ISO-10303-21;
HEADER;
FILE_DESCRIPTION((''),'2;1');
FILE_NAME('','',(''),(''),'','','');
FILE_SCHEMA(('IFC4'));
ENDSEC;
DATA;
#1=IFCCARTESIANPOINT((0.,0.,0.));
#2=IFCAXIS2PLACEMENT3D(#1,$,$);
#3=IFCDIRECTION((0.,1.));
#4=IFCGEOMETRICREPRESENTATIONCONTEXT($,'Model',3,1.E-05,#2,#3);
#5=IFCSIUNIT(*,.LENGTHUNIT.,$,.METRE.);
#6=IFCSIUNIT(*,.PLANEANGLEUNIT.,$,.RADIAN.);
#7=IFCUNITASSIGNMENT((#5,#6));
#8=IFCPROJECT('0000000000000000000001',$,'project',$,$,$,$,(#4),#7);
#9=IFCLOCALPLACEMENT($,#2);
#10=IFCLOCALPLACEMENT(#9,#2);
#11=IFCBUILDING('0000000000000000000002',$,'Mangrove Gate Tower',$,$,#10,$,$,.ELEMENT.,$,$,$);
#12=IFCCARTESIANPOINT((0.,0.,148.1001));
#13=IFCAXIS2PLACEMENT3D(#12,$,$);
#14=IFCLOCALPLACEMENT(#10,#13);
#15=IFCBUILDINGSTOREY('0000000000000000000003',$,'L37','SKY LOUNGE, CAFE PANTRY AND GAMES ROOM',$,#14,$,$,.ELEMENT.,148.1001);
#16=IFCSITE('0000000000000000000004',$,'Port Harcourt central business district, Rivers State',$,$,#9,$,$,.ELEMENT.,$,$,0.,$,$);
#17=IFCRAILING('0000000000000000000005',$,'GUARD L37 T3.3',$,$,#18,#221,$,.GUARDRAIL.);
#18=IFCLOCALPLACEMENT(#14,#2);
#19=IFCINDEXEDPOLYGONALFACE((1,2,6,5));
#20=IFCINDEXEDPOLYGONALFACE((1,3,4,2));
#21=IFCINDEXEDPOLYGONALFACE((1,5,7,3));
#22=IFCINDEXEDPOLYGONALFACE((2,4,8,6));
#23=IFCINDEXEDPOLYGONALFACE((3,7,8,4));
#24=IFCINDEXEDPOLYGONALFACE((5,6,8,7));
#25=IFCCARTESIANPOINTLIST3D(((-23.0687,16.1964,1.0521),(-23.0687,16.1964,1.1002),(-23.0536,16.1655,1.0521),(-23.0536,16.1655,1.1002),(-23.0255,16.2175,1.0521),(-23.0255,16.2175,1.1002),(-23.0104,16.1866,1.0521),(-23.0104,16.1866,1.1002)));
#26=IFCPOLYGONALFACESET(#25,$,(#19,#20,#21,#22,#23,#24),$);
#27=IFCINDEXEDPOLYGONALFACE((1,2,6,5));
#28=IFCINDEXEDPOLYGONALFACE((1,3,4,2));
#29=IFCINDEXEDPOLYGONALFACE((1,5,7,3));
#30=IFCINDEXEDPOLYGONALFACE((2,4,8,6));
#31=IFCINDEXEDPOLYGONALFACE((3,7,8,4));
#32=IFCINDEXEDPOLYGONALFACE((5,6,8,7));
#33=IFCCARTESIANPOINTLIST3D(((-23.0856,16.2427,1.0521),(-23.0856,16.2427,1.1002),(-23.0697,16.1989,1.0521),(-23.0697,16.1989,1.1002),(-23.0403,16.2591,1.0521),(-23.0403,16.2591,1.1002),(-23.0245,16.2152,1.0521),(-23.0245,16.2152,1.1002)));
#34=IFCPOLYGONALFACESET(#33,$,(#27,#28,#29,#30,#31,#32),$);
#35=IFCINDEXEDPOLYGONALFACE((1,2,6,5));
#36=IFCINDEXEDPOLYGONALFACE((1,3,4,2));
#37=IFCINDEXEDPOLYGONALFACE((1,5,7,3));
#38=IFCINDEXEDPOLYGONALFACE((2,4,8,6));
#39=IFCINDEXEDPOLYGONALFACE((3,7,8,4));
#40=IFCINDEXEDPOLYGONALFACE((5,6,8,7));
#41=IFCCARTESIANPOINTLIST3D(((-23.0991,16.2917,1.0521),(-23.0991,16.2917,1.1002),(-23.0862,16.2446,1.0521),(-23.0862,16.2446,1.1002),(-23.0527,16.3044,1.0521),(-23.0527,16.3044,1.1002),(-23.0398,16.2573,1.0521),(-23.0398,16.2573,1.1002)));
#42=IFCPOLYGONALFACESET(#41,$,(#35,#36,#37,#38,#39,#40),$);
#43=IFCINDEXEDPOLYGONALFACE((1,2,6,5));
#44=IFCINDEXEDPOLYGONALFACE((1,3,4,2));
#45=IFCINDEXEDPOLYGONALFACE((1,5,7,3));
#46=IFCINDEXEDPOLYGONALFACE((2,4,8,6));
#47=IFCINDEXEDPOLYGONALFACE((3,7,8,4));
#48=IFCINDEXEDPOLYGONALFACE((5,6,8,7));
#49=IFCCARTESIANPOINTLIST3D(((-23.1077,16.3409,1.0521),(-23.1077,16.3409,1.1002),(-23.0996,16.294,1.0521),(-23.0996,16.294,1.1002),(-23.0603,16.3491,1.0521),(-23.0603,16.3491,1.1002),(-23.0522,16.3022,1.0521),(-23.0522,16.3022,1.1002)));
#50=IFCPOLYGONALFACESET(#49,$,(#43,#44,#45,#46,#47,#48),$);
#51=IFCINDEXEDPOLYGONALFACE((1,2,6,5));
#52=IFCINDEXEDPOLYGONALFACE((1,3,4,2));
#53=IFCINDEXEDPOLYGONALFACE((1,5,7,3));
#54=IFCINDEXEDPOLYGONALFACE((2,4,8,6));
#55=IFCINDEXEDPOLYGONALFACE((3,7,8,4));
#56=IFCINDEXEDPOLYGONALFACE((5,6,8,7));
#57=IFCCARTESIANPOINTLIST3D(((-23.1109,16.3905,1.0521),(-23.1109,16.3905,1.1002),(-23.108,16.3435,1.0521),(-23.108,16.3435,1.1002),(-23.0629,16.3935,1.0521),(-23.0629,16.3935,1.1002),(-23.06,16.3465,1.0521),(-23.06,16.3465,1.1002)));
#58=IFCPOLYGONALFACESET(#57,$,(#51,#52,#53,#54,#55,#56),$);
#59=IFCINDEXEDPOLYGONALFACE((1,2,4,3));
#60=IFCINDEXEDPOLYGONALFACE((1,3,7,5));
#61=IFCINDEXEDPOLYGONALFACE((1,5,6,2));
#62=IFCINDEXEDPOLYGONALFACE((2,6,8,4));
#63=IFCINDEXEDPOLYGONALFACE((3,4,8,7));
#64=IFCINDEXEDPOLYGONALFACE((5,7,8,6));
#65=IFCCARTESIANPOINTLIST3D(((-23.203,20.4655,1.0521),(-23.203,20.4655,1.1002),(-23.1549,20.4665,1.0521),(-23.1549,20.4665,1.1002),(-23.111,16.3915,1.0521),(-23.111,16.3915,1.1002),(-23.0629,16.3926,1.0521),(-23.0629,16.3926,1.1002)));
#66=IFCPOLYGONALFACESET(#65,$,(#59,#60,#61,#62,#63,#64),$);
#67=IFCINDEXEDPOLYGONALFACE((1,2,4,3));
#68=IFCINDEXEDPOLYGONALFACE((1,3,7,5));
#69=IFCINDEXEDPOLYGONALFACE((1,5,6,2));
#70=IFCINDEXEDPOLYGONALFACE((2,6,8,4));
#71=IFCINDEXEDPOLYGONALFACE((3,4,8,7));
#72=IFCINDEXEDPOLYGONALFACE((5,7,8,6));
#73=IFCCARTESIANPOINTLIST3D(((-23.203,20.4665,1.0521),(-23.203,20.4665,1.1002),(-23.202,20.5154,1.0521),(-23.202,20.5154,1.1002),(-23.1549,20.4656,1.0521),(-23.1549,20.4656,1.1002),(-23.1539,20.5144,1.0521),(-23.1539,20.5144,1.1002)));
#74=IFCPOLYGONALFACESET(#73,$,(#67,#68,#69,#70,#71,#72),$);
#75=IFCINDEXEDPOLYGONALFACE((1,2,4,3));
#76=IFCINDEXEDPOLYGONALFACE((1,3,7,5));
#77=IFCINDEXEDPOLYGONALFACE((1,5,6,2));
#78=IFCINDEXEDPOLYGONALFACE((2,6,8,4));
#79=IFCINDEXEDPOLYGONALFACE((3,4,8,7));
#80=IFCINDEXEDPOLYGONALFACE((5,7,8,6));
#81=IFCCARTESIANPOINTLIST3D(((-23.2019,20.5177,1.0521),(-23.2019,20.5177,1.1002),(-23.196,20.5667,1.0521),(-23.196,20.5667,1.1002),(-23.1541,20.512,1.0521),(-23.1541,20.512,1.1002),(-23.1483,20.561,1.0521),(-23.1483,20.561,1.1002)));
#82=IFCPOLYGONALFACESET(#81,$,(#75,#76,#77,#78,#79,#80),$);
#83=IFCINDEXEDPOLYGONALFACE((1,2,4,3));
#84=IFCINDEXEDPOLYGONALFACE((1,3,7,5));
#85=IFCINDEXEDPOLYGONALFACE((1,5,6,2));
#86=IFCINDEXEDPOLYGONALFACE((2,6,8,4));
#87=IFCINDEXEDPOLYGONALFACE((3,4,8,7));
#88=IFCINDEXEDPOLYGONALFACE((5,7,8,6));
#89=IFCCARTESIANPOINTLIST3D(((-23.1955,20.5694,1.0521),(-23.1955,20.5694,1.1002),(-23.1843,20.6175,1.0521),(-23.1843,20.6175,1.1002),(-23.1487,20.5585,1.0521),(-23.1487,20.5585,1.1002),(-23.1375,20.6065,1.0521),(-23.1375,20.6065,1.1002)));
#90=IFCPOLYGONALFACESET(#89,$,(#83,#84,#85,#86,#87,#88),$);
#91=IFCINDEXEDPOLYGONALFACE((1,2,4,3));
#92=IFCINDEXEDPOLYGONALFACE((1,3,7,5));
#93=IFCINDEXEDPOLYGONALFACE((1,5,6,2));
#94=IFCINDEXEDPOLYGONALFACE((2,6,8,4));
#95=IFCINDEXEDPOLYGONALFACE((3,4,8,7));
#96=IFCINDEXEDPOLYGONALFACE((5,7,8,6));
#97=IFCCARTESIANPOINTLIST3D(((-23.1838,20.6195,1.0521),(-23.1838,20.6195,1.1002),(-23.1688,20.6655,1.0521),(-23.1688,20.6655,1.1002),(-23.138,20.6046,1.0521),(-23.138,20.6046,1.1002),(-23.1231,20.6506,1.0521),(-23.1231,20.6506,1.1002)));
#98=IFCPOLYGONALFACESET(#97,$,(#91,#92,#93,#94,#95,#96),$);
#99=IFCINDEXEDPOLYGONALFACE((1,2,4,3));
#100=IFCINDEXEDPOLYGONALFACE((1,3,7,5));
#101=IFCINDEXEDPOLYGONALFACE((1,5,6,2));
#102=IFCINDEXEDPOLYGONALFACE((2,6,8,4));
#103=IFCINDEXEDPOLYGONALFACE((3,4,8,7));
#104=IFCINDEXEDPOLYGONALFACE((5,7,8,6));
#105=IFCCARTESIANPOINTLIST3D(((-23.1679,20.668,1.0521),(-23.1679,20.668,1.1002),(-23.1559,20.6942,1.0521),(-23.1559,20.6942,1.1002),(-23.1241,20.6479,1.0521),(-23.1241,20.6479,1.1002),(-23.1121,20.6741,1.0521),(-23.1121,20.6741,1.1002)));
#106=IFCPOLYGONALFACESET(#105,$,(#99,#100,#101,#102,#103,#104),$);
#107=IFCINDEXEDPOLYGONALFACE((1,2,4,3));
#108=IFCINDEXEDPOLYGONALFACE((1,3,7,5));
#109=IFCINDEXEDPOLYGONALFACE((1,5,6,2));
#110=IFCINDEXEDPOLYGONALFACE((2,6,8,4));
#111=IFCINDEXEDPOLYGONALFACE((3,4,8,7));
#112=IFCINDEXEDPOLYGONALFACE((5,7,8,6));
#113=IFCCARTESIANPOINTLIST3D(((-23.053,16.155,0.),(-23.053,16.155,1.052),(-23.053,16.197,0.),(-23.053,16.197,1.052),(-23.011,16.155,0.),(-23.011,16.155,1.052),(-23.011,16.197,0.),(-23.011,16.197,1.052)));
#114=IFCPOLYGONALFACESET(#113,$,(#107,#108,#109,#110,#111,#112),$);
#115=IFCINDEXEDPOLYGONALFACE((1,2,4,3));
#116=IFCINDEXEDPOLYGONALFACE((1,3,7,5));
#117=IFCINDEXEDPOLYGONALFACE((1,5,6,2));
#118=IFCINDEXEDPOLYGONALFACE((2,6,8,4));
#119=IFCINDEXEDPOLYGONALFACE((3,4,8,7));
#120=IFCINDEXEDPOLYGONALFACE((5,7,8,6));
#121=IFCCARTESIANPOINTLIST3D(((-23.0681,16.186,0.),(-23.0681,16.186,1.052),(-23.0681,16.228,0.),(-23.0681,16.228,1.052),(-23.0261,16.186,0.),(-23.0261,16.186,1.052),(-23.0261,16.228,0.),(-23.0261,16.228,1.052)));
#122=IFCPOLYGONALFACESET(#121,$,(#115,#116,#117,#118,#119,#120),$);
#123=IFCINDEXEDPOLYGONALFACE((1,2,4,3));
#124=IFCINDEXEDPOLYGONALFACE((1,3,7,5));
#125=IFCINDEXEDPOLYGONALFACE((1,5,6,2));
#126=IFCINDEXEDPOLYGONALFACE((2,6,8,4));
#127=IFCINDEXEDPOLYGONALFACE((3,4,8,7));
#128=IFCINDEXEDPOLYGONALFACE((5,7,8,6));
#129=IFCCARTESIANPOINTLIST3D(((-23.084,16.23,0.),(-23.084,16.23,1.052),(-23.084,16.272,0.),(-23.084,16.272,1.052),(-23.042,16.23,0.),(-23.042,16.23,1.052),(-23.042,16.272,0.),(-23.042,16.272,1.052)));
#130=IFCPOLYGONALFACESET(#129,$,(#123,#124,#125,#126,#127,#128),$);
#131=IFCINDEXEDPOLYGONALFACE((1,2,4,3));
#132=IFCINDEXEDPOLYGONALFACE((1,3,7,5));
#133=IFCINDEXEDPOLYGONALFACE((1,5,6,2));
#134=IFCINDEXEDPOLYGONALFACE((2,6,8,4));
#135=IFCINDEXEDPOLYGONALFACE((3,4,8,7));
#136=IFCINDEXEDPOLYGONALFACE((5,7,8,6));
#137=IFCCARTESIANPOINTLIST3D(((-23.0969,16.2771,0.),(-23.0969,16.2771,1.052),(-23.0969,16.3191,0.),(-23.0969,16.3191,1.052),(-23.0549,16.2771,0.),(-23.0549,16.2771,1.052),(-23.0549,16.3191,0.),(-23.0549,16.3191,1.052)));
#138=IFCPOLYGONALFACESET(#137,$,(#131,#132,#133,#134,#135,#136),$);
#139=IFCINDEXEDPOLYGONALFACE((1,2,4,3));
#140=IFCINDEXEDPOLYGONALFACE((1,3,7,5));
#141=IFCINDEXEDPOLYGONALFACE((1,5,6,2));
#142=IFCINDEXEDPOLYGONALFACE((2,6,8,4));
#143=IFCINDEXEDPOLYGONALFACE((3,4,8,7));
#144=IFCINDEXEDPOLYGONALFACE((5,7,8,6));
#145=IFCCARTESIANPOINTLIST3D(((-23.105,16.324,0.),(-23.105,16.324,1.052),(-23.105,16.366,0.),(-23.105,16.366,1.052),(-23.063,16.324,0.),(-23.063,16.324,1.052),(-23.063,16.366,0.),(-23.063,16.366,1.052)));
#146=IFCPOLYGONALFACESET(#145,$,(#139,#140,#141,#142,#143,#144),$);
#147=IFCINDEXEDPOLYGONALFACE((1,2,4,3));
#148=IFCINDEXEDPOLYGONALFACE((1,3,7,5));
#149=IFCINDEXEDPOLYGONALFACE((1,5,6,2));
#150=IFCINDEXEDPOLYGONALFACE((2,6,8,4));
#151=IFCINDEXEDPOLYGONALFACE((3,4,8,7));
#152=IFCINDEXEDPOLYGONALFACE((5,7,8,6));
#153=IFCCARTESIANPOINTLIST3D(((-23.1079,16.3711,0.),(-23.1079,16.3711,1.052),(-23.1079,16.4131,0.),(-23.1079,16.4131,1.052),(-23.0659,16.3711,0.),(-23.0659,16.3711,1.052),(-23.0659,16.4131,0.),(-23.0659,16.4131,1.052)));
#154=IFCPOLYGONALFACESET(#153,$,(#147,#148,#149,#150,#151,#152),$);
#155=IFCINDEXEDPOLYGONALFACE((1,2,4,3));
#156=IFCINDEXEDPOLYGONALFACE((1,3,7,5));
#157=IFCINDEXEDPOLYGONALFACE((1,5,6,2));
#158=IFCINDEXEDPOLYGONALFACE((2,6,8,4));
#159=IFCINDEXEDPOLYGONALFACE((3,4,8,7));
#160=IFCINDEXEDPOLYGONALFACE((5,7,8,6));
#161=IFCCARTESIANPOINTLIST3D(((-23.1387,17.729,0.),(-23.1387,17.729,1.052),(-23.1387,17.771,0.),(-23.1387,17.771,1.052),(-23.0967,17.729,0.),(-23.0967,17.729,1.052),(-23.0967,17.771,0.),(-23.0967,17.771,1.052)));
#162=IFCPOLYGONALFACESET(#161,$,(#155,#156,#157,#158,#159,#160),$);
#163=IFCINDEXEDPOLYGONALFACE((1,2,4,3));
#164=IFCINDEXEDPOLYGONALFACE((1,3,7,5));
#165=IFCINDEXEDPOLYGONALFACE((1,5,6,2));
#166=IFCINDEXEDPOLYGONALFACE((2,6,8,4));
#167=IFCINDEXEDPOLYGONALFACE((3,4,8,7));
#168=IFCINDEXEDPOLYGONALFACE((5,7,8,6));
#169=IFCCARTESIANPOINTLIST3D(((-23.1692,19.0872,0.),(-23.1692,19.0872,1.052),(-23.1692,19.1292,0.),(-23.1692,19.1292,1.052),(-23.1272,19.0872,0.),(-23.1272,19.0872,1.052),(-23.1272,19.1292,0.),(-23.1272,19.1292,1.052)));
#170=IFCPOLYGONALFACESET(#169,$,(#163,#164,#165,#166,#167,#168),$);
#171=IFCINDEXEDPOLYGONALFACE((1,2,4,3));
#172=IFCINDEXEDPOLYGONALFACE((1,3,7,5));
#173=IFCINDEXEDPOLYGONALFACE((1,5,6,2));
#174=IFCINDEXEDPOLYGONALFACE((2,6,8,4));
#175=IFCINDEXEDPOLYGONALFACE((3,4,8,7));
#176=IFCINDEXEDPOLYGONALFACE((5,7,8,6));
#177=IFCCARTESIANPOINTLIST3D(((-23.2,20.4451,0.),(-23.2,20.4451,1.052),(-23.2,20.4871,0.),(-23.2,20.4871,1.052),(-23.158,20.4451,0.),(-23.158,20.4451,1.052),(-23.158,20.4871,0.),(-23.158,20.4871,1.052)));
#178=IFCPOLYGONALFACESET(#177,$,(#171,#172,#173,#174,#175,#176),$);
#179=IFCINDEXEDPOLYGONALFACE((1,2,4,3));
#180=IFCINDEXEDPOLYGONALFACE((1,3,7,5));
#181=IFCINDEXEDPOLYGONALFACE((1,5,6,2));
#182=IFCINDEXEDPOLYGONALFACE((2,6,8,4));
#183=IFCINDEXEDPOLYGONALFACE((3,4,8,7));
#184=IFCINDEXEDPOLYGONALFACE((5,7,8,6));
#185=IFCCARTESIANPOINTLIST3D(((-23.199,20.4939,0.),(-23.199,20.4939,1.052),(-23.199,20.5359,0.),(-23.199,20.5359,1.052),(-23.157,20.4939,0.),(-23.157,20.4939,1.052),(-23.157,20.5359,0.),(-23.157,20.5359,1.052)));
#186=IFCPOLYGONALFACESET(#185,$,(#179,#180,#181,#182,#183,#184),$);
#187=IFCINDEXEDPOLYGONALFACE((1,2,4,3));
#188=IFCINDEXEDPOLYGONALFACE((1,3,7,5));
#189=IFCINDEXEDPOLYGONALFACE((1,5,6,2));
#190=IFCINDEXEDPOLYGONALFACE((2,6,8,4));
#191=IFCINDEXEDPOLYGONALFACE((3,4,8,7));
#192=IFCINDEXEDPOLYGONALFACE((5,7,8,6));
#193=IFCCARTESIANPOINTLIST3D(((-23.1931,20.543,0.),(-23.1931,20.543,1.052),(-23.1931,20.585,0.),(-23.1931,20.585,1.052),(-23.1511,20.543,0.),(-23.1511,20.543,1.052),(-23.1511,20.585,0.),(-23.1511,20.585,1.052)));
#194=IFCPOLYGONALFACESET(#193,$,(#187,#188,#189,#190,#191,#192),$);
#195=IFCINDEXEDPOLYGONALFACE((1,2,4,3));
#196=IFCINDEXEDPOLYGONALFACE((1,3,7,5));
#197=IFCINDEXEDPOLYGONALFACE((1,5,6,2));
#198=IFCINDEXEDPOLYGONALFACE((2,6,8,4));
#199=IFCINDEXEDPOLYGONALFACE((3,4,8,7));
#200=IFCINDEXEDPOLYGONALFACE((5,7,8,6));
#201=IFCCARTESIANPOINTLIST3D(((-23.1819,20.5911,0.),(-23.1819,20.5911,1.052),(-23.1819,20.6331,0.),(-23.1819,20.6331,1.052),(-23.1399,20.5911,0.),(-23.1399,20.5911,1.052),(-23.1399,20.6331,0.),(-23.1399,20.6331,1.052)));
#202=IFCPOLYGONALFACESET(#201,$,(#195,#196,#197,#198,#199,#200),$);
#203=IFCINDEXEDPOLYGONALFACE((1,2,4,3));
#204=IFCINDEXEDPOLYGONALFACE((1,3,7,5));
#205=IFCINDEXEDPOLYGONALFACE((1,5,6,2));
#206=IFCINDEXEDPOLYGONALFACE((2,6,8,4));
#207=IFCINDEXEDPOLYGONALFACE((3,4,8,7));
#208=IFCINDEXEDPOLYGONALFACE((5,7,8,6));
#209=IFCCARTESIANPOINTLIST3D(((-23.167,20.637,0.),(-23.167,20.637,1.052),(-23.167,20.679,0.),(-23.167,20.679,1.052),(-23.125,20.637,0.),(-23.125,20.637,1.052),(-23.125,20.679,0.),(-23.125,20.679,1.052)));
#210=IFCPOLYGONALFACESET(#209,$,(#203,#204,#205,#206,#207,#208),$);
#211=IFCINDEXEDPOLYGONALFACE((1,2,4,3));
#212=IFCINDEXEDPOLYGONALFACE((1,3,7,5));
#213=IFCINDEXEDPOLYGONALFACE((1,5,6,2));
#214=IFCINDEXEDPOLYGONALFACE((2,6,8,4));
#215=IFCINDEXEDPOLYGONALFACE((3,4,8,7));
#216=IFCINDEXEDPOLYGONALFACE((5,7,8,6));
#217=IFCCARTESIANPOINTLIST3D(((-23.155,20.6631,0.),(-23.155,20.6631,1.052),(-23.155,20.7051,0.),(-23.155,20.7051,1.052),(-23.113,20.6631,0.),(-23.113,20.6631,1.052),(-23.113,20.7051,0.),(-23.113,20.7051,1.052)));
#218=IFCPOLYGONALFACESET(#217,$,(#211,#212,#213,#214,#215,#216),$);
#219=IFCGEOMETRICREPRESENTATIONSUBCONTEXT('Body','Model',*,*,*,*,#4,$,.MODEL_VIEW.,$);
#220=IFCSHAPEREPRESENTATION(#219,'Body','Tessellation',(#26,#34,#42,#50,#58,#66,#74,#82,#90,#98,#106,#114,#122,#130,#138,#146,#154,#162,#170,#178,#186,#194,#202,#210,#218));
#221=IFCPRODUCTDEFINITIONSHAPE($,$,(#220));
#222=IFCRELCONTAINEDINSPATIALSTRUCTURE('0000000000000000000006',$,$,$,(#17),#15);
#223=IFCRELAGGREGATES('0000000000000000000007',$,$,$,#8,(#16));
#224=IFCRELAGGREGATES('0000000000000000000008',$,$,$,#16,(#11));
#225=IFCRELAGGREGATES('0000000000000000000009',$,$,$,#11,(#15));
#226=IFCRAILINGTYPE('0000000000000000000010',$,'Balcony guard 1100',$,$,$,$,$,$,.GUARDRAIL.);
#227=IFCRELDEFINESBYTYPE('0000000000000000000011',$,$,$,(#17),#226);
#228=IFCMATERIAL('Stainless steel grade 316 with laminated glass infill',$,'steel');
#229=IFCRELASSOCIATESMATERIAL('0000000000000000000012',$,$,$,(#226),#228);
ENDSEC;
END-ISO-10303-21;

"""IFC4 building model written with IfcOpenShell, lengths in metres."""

from ifc_helpers import new_model, si_unit, direction, frame, origin, origin_2d, place, context, subcontext, project, spatial, rectangle, extrude, material, type_object, element, save


model = new_model("IFC4")

# Units and contexts
model_context = context("Model", 3, precision=1e-05, world=origin(), true_north=direction((0.0, 1.0)))
body_context = subcontext(model_context, "Body", "Model", "MODEL_VIEW")
ifc_project = project(units=[si_unit("LENGTHUNIT", "METRE"), si_unit("PLANEANGLEUNIT", "RADIAN")], contexts=[model_context])

# Site, building, storey
site_placement = place(None, origin())
site = spatial("IfcSite", under=ifc_project, at=site_placement, Name="Port Harcourt central business district, Rivers State", CompositionType="ELEMENT", RefElevation=0.0)
building_placement = place(site_placement, origin())
building = spatial("IfcBuilding", under=site, at=building_placement, Name="Mangrove Gate Tower", CompositionType="ELEMENT")
storey_placement = place(building_placement, frame((0.0, 0.0, 148.1001)))
storey = spatial("IfcBuildingStorey", under=building, at=storey_placement, Name="L37", Description="SKY LOUNGE, CAFE PANTRY AND GAMES ROOM", CompositionType="ELEMENT", Elevation=148.1001)

# Railing
ifc_material_1 = material(Name="Stainless steel grade 316 with laminated glass infill", Category="steel")
railing_type = type_object("IfcRailingType", Name="Balcony guard 1100", PredefinedType="GUARDRAIL", material=ifc_material_1)
railing_1_placement = place(storey_placement, frame((-23.032, 16.176, 0.0)))
element("IfcRailing", 1, at=railing_1_placement, inside=storey, type_object=railing_type, Name="GUARD L37 T3.3", PredefinedType="GUARDRAIL", context=body_context, shape_type="SweptSolid", body=[
    extrude(rectangle(XDim=0.0481, YDim=0.0481, at=origin_2d()), frame((0.0, 0.0, 1.0762), z_axis=(-0.438702, 0.898632, 0.0), x_axis=(-0.898632, -0.438702, 0.0)), (0.0, 0.0, 1.0), 0.0344),
    extrude(rectangle(XDim=0.0481, YDim=0.0481, at=origin_2d()), frame((-0.0151, 0.031, 1.0762), z_axis=(-0.339644, 0.940554, 0.0), x_axis=(-0.940554, -0.339644, 0.0)), (0.0, 0.0, 1.0), 0.0466),
    extrude(rectangle(XDim=0.0481, YDim=0.0481, at=origin_2d()), frame((-0.031, 0.075, 1.0762), z_axis=(-0.264808, 0.964301, 0.0), x_axis=(-0.964301, -0.264808, 0.0)), (0.0, 0.0, 1.0), 0.0488),
    extrude(rectangle(XDim=0.0481, YDim=0.0481, at=origin_2d()), frame((-0.0439, 0.1221, 1.0762), z_axis=(-0.169391, 0.985549, 0.0), x_axis=(-0.985549, -0.169391, 0.0)), (0.0, 0.0, 1.0), 0.0476),
    extrude(rectangle(XDim=0.0481, YDim=0.0481, at=origin_2d()), frame((-0.052, 0.1689, 1.0762), z_axis=(-0.062056, 0.998073, 0.0), x_axis=(-0.998073, -0.062056, 0.0)), (0.0, 0.0, 1.0), 0.0471),
    extrude(rectangle(XDim=0.0481, YDim=0.0481, at=origin_2d()), frame((-0.0549, 0.2161, 1.0762), z_axis=(-0.022587, 0.999745, 0.0), x_axis=(-0.999745, -0.022587, 0.0)), (0.0, 0.0, 1.0), 4.075),
    extrude(rectangle(XDim=0.0481, YDim=0.0481, at=origin_2d()), frame((-0.147, 4.29, 1.0762), z_axis=(0.019996, 0.9998, 0.0), x_axis=(-0.9998, 0.019996, 0.0)), (0.0, 0.0, 1.0), 0.0488),
    extrude(rectangle(XDim=0.0481, YDim=0.0481, at=origin_2d()), frame((-0.146, 4.3389, 1.0762), z_axis=(0.118561, 0.992947, 0.0), x_axis=(-0.992947, 0.118561, 0.0)), (0.0, 0.0, 1.0), 0.0493),
    extrude(rectangle(XDim=0.0481, YDim=0.0481, at=origin_2d()), frame((-0.1401, 4.3879, 1.0762), z_axis=(0.227386, 0.973805, 0.0), x_axis=(-0.973805, 0.227386, 0.0)), (0.0, 0.0, 1.0), 0.0493),
    extrude(rectangle(XDim=0.0481, YDim=0.0481, at=origin_2d()), frame((-0.1289, 4.436, 1.0762), z_axis=(0.308628, 0.951183, 0.0), x_axis=(-0.951183, 0.308628, 0.0)), (0.0, 0.0, 1.0), 0.0483),
    extrude(rectangle(XDim=0.0481, YDim=0.0481, at=origin_2d()), frame((-0.114, 4.4819, 1.0762), z_axis=(0.416362, 0.909199, 0.0), x_axis=(-0.909199, 0.416362, 0.0)), (0.0, 0.0, 1.0), 0.0288),
    extrude(rectangle(XDim=0.042, YDim=0.042, at=origin_2d()), origin(), (0.0, 0.0, 1.0), 1.052),
    extrude(rectangle(XDim=0.042, YDim=0.042, at=origin_2d()), frame((-0.0151, 0.031, 0.0)), (0.0, 0.0, 1.0), 1.052),
    extrude(rectangle(XDim=0.042, YDim=0.042, at=origin_2d()), frame((-0.031, 0.075, 0.0)), (0.0, 0.0, 1.0), 1.052),
    extrude(rectangle(XDim=0.042, YDim=0.042, at=origin_2d()), frame((-0.0439, 0.1221, 0.0)), (0.0, 0.0, 1.0), 1.052),
    extrude(rectangle(XDim=0.042, YDim=0.042, at=origin_2d()), frame((-0.052, 0.1689, 0.0)), (0.0, 0.0, 1.0), 1.052),
    extrude(rectangle(XDim=0.042, YDim=0.042, at=origin_2d()), frame((-0.0549, 0.2161, 0.0)), (0.0, 0.0, 1.0), 1.052),
    extrude(rectangle(XDim=0.042, YDim=0.042, at=origin_2d()), frame((-0.0857, 1.574, 0.0)), (0.0, 0.0, 1.0), 1.052),
    extrude(rectangle(XDim=0.042, YDim=0.042, at=origin_2d()), frame((-0.1162, 2.9321, 0.0)), (0.0, 0.0, 1.0), 1.052),
    extrude(rectangle(XDim=0.042, YDim=0.042, at=origin_2d()), frame((-0.147, 4.29, 0.0)), (0.0, 0.0, 1.0), 1.052),
    extrude(rectangle(XDim=0.042, YDim=0.042, at=origin_2d()), frame((-0.146, 4.3389, 0.0)), (0.0, 0.0, 1.0), 1.052),
    extrude(rectangle(XDim=0.042, YDim=0.042, at=origin_2d()), frame((-0.1401, 4.3879, 0.0)), (0.0, 0.0, 1.0), 1.052),
    extrude(rectangle(XDim=0.042, YDim=0.042, at=origin_2d()), frame((-0.1289, 4.436, 0.0)), (0.0, 0.0, 1.0), 1.052),
    extrude(rectangle(XDim=0.042, YDim=0.042, at=origin_2d()), frame((-0.114, 4.4819, 0.0)), (0.0, 0.0, 1.0), 1.052),
    extrude(rectangle(XDim=0.042, YDim=0.042, at=origin_2d()), frame((-0.1021, 4.5081, 0.0)), (0.0, 0.0, 1.0), 1.052),
])

save(model, "model.ifc")
